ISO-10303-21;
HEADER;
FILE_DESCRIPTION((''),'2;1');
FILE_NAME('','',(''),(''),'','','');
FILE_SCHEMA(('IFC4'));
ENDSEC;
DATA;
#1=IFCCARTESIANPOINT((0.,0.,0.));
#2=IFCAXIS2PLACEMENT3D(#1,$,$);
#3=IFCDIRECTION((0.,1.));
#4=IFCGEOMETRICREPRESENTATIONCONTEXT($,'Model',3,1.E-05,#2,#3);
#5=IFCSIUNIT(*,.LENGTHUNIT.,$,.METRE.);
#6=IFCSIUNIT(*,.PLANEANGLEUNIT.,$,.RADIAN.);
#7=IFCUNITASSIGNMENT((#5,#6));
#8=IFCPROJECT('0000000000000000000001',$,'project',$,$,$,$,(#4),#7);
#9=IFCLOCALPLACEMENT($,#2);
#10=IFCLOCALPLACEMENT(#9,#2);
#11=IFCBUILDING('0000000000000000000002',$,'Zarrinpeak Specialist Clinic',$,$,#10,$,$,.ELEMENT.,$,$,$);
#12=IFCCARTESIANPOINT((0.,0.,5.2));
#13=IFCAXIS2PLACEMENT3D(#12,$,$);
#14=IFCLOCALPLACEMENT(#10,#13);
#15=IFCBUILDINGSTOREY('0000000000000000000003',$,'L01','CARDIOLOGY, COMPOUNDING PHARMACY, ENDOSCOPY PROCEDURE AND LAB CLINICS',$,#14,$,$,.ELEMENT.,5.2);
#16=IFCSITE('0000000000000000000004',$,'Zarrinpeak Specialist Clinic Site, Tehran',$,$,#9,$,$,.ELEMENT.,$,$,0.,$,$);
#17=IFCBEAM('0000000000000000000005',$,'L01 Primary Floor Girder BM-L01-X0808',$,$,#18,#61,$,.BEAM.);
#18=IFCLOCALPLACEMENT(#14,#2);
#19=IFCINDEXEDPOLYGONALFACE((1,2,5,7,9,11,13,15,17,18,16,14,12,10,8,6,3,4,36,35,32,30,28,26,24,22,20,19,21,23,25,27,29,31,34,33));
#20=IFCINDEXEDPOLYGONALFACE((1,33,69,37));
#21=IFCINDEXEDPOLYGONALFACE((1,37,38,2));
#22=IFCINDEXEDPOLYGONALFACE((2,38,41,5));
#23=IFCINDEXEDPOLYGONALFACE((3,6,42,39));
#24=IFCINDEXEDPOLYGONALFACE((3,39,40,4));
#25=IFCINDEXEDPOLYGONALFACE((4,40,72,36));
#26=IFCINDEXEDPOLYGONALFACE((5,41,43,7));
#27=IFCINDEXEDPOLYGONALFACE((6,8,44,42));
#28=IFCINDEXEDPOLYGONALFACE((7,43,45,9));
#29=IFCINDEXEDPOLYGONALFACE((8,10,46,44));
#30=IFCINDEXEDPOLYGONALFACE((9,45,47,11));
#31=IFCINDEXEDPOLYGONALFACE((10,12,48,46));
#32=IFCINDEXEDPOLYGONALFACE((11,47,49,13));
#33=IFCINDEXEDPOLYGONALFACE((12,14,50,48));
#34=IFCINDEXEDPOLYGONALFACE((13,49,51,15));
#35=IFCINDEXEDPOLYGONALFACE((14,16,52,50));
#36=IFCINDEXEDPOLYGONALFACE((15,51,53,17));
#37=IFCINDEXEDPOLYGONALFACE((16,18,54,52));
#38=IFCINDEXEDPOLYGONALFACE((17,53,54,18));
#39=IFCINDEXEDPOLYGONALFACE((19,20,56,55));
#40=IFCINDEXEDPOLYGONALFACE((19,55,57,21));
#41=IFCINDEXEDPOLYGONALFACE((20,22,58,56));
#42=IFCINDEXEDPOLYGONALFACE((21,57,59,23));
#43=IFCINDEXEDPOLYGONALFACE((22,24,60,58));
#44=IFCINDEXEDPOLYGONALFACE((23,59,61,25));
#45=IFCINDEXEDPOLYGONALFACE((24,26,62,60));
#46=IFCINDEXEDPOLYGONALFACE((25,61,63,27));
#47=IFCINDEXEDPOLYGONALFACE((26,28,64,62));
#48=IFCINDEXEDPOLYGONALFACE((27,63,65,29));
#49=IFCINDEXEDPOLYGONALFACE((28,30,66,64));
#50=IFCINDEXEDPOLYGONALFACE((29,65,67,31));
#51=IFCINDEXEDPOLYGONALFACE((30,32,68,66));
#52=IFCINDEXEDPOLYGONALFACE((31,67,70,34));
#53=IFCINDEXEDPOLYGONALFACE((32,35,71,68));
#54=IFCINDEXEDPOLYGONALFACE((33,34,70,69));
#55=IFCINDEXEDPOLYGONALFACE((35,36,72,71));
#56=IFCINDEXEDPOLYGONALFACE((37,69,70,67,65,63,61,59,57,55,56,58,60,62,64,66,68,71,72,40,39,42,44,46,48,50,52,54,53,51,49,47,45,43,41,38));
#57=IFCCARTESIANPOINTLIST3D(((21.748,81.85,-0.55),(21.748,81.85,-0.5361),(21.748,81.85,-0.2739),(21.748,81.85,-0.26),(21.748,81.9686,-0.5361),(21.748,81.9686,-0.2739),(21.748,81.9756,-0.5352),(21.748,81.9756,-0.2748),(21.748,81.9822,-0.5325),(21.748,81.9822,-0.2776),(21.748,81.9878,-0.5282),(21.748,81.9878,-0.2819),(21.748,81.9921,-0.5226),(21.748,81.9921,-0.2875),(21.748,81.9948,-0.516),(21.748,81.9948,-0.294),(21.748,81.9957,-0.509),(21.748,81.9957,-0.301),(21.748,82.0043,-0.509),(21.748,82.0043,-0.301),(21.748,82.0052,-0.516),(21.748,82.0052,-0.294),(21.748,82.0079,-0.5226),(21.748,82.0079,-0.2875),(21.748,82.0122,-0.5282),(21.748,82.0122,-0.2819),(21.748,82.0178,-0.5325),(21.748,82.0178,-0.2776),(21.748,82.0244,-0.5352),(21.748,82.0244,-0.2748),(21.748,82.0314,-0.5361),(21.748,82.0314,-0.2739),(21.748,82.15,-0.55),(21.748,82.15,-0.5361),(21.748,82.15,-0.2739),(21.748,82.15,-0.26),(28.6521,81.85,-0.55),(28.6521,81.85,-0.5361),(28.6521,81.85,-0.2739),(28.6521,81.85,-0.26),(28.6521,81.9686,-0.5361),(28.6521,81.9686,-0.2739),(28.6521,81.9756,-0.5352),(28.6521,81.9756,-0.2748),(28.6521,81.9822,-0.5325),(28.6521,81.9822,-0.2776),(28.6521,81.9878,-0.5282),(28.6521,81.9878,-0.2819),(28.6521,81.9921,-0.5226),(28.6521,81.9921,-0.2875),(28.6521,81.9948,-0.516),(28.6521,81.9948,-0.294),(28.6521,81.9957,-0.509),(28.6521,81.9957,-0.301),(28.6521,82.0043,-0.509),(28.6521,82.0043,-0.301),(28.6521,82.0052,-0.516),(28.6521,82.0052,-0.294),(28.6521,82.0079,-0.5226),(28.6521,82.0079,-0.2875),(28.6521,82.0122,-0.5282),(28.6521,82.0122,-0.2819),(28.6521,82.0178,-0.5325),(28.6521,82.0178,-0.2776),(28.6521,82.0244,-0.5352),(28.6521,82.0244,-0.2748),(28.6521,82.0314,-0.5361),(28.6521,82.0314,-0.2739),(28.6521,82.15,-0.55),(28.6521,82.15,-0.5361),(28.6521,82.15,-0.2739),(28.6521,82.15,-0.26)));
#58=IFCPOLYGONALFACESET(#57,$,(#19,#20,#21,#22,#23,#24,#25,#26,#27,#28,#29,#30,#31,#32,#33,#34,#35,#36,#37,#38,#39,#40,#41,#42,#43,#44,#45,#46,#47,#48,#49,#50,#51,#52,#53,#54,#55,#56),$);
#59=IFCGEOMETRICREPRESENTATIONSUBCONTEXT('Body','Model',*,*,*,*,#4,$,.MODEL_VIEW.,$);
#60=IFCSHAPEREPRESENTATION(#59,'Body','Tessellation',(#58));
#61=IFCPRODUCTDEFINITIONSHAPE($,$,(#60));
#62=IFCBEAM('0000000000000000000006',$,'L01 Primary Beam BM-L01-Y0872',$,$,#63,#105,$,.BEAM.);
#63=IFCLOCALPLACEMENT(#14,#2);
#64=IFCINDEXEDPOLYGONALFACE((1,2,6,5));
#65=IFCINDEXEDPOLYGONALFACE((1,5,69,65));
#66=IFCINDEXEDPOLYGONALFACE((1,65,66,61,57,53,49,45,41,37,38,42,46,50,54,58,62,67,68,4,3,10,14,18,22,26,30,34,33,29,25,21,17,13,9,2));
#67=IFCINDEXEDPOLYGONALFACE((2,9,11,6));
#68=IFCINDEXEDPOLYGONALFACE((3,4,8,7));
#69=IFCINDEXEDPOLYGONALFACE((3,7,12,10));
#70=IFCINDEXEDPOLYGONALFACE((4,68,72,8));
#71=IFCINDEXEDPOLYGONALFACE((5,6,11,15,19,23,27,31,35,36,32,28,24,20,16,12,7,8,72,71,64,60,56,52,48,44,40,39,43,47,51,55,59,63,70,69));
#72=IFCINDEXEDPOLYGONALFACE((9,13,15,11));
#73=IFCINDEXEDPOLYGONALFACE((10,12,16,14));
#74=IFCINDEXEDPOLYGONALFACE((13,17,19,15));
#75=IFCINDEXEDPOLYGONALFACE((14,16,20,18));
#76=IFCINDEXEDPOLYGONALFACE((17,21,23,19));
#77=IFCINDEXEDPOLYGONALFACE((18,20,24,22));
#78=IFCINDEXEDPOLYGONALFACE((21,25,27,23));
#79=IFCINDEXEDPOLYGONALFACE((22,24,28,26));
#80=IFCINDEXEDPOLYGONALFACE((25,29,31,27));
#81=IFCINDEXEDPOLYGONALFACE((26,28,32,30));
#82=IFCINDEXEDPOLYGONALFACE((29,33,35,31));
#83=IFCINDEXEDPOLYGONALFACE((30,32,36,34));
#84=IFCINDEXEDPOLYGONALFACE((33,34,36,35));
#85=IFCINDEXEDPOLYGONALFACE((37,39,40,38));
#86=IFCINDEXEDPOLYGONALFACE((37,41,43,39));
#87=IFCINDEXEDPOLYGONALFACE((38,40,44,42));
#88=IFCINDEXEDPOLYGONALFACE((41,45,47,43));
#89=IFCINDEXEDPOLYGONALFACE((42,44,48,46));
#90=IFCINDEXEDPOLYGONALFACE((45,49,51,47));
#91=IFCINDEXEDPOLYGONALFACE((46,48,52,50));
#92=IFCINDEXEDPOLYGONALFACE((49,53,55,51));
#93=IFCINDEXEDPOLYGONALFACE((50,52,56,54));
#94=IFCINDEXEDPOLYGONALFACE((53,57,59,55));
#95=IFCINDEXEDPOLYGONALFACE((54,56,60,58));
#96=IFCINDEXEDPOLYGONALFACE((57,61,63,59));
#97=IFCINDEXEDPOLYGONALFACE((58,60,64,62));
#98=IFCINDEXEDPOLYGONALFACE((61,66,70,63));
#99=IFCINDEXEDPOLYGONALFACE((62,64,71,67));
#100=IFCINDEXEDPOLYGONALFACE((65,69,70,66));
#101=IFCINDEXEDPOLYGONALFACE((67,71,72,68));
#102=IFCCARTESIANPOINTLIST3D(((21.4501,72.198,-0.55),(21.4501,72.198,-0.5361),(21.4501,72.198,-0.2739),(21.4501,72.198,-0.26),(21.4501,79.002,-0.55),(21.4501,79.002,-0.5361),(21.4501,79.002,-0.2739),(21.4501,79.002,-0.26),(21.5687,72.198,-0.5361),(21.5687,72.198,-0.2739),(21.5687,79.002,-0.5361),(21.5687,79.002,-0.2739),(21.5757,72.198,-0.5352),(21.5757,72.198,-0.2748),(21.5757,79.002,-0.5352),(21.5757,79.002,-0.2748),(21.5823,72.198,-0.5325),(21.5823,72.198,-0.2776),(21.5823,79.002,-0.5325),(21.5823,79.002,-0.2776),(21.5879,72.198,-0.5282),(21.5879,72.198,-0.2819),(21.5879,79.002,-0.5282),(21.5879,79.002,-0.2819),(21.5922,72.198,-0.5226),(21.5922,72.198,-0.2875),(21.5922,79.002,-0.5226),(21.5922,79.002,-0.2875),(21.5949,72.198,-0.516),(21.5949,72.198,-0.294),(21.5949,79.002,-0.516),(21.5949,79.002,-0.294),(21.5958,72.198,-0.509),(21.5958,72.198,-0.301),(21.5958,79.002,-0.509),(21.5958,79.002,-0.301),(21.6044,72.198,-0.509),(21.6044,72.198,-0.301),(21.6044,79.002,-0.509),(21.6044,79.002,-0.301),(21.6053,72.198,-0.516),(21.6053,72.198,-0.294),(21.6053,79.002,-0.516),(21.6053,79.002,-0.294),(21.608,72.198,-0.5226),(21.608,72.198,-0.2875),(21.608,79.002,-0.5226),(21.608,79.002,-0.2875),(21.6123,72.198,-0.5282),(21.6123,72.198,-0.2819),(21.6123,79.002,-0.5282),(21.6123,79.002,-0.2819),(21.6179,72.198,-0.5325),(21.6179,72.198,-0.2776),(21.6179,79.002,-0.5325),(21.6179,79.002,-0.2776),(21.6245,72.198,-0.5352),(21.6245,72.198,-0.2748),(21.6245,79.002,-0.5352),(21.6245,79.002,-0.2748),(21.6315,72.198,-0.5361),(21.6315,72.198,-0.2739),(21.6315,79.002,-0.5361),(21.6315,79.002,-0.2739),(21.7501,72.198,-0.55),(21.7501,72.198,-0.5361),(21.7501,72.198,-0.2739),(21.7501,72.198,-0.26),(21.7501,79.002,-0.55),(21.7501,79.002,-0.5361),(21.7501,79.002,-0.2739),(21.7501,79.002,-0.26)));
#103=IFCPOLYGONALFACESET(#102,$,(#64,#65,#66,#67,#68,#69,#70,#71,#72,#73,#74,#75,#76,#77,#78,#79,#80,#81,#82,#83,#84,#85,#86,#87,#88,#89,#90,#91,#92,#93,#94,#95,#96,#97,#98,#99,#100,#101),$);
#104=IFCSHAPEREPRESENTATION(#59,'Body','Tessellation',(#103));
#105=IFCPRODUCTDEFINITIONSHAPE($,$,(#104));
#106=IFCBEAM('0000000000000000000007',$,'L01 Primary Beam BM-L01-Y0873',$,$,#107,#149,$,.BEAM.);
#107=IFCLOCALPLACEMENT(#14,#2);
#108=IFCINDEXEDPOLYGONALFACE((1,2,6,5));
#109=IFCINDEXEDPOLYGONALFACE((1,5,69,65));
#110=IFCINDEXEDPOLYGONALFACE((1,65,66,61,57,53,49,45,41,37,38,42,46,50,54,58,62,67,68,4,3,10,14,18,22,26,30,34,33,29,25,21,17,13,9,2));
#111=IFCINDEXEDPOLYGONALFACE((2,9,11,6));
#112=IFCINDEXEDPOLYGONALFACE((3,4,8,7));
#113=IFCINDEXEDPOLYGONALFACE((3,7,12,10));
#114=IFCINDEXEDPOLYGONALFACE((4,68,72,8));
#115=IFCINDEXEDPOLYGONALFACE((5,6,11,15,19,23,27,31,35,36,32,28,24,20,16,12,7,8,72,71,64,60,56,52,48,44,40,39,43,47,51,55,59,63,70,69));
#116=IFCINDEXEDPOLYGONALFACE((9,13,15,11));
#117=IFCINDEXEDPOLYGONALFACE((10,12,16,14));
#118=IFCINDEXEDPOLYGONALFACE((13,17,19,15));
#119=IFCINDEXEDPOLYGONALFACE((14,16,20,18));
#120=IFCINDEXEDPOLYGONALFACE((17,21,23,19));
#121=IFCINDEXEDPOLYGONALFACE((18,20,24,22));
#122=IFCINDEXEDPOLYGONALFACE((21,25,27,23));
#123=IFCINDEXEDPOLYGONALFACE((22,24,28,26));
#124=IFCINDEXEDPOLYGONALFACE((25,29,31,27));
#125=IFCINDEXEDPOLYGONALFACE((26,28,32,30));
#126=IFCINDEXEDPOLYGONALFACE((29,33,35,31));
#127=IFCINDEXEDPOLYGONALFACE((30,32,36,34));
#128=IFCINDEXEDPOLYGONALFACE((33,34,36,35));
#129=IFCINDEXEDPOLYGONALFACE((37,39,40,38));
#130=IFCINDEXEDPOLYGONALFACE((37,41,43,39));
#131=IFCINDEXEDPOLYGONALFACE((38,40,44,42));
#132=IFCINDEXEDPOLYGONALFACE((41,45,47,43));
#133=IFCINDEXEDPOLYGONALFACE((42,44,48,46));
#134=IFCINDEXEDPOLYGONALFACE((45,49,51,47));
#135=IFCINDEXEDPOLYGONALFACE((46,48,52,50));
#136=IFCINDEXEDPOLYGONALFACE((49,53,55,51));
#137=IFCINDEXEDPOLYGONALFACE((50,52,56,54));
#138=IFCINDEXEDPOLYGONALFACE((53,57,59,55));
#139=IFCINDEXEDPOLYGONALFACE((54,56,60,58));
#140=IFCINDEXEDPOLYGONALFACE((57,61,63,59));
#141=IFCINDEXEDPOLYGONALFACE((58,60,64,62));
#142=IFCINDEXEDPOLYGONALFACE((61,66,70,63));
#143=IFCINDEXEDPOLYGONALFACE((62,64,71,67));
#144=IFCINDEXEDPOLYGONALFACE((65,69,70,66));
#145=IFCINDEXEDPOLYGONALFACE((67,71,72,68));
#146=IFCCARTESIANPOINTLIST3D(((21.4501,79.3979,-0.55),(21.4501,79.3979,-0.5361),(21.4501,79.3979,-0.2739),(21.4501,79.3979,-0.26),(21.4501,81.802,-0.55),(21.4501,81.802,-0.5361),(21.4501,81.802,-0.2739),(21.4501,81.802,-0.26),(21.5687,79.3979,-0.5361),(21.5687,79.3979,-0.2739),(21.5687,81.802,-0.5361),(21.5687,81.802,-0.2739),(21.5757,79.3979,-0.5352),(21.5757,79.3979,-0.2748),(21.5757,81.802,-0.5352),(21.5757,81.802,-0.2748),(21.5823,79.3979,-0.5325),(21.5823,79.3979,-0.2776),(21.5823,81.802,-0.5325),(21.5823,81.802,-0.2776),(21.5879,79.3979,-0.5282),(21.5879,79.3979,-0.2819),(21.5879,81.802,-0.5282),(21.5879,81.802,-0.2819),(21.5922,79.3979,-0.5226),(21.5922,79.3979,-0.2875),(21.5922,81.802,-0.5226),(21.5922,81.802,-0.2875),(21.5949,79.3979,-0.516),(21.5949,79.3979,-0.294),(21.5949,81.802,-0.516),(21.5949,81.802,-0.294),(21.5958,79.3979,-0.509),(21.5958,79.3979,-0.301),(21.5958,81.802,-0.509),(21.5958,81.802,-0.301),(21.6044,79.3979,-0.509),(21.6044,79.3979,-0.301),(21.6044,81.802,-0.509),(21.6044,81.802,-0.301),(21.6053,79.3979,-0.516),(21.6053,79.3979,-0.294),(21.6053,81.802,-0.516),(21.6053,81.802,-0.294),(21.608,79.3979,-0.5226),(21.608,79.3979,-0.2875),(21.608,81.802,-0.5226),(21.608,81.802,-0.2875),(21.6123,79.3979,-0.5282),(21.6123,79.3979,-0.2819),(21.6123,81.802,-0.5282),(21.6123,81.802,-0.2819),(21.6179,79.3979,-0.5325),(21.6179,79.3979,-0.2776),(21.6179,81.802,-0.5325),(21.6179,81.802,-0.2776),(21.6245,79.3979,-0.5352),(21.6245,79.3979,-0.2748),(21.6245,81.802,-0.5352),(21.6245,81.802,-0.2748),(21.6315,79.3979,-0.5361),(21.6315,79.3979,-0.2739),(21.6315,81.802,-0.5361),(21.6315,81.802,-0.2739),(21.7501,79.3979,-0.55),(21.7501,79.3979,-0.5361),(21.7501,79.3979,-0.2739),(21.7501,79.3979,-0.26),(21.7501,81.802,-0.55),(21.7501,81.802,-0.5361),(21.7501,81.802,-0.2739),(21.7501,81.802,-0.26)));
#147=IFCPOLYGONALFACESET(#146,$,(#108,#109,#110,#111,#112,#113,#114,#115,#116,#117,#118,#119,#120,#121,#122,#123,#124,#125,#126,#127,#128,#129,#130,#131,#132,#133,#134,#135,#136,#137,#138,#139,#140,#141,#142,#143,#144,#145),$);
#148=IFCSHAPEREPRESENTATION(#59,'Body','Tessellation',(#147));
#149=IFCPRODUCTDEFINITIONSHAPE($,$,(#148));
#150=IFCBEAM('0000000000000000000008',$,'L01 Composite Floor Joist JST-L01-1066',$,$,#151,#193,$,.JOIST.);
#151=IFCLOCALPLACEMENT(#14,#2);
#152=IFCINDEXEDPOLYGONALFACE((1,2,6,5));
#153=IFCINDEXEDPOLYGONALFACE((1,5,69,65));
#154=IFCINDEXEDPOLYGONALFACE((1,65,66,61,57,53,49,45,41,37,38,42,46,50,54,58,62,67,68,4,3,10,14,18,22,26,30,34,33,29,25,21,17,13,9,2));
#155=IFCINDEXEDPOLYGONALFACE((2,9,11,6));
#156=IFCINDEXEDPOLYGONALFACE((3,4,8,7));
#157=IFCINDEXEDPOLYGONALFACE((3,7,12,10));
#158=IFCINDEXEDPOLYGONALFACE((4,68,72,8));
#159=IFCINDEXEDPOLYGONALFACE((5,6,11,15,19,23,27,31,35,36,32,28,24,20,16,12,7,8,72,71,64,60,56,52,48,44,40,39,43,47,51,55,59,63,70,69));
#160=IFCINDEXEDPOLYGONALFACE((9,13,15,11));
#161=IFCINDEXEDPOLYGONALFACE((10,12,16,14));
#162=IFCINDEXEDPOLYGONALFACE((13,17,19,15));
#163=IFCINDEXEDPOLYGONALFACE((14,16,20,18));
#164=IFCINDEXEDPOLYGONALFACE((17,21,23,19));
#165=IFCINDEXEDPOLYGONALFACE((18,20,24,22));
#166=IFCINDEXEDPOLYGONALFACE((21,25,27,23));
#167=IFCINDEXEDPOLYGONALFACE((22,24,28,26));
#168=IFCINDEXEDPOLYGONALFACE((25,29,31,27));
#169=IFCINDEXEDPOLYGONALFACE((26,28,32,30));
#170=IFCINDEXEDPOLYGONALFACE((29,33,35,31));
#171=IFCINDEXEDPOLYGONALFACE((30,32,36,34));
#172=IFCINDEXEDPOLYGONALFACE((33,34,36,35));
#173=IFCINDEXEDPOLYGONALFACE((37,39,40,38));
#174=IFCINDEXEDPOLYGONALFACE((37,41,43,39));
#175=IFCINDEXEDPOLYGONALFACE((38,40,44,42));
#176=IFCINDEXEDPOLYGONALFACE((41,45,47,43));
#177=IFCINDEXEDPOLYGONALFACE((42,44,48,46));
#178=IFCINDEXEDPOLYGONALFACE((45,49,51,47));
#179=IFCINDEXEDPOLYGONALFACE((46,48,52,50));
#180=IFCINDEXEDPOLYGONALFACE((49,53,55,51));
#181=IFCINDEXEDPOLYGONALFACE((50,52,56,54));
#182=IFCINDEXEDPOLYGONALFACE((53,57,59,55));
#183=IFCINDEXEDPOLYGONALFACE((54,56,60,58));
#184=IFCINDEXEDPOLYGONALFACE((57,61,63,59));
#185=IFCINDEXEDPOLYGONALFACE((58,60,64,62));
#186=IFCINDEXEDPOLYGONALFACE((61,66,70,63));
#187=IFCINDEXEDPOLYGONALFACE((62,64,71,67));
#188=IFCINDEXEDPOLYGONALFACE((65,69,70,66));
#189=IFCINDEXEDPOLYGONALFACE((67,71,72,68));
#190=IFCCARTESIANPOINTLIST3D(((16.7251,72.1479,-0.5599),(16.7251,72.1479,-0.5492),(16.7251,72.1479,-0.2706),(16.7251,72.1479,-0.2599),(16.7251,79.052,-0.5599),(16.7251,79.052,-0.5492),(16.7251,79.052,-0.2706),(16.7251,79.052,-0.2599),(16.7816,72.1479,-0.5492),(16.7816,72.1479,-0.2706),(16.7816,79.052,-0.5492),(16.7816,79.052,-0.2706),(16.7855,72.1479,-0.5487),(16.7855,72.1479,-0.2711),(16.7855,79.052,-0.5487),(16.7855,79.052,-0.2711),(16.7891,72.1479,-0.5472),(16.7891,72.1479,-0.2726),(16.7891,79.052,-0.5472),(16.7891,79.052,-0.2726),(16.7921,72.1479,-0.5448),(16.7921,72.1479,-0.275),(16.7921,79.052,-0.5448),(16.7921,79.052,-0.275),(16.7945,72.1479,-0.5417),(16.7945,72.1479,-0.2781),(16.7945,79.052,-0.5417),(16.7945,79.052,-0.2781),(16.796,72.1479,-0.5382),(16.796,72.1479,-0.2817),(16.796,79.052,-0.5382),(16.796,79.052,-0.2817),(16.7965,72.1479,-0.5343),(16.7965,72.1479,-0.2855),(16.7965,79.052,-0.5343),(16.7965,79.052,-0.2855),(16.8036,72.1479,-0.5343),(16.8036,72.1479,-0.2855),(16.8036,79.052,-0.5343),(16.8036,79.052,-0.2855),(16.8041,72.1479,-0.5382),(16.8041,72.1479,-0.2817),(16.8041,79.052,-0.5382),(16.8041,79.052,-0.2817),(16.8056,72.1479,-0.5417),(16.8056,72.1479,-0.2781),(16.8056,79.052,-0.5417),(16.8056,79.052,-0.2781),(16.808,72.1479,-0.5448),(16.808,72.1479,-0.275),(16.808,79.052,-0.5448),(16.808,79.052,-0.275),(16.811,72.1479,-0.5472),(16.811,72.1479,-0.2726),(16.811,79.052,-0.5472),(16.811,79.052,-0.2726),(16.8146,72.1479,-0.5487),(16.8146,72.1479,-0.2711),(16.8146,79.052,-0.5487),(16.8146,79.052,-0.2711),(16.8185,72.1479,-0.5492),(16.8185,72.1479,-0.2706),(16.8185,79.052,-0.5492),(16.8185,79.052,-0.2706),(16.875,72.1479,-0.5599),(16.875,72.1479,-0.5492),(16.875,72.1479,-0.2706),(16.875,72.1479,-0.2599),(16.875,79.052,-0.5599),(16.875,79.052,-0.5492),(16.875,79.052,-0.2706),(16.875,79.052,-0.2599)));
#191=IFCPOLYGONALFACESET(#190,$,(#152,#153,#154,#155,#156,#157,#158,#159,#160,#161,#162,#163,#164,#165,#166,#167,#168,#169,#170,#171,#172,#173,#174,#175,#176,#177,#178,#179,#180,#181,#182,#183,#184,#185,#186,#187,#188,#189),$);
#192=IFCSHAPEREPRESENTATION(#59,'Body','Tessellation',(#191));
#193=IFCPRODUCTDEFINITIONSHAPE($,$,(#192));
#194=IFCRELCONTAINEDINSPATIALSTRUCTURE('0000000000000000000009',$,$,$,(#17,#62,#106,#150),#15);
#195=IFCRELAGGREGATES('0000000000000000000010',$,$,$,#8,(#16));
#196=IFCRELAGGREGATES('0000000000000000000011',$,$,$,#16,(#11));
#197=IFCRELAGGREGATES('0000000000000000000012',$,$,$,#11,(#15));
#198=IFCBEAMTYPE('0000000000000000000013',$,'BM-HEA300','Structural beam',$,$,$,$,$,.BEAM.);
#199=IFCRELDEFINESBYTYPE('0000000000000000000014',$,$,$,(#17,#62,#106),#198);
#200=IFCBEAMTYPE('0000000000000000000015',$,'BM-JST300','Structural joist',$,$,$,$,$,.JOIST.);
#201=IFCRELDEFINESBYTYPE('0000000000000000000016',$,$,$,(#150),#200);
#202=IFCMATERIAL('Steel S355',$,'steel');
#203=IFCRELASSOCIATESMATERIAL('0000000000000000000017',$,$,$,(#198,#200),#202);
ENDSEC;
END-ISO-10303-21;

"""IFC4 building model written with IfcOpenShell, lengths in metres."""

from ifc_helpers import new_model, si_unit, direction, frame, origin, origin_2d, place, context, subcontext, project, spatial, i_section, extrude, material, material_profile, profile_set, type_object, element, save


model = new_model("IFC4")

# Units and contexts
model_context = context("Model", 3, precision=1e-05, world=origin(), true_north=direction((0.0, 1.0)))
body_context = subcontext(model_context, "Body", "Model", "MODEL_VIEW")
ifc_project = project(units=[si_unit("LENGTHUNIT", "METRE"), si_unit("PLANEANGLEUNIT", "RADIAN")], contexts=[model_context])

# Site, building, storey
site_placement = place(None, origin())
site = spatial("IfcSite", under=ifc_project, at=site_placement, Name="Zarrinpeak Specialist Clinic Site, Tehran", CompositionType="ELEMENT", RefElevation=0.0)
building_placement = place(site_placement, origin())
building = spatial("IfcBuilding", under=site, at=building_placement, Name="Zarrinpeak Specialist Clinic", CompositionType="ELEMENT")
storey_placement = place(building_placement, frame((0.0, 0.0, 5.2)))
storey = spatial("IfcBuildingStorey", under=building, at=storey_placement, Name="L01", Description="CARDIOLOGY, COMPOUNDING PHARMACY, ENDOSCOPY PROCEDURE AND LAB CLINICS", CompositionType="ELEMENT", Elevation=5.2)

# Shared definitions
ifc_material_1 = material(Name="Steel S355", Category="steel")

# Beams
ifc_material_profile_1 = material_profile(ifc_material_1, i_section(OverallWidth=0.3, OverallDepth=0.29, WebThickness=0.0085, FlangeThickness=0.0139, FilletRadius=0.0271, at=origin_2d()), Name="HEA 300")
ifc_profile_set_1 = profile_set([ifc_material_profile_1], Name="Steel S355")
beam_type_1 = type_object("IfcBeamType", Name="BM-HEA300", Description="Structural beam", PredefinedType="BEAM", material=ifc_profile_set_1)
for number, where, z_axis, x_axis, name in (
    (1, (21.748, 82.0, -0.405), (1.0, 0.0, 0.0), (0.0, 1.0, 0.0), "L01 Primary Floor Girder BM-L01-X0808"),
):
    element("IfcBeam", number, at=place(storey_placement, frame(where, z_axis=z_axis, x_axis=x_axis)), inside=storey, type_object=beam_type_1, Name=name, PredefinedType="BEAM", context=body_context, shape_type="SweptSolid", body=[
        extrude(i_section(OverallWidth=0.3, OverallDepth=0.29, WebThickness=0.0085, FlangeThickness=0.0139, FilletRadius=0.0271, at=origin_2d()), origin(), (0.0, 0.0, 1.0), 6.9041),
    ])
beam_1_placement = place(storey_placement, frame((21.6001, 72.198, -0.405), z_axis=(0.0, 1.0, 0.0), x_axis=(-1.0, 0.0, 0.0)))
element("IfcBeam", 2, at=beam_1_placement, inside=storey, type_object=beam_type_1, Name="L01 Primary Beam BM-L01-Y0872", PredefinedType="BEAM", context=body_context, shape_type="SweptSolid", body=[
    extrude(i_section(OverallWidth=0.3, OverallDepth=0.29, WebThickness=0.0085, FlangeThickness=0.0139, FilletRadius=0.0271, at=origin_2d()), origin(), (0.0, 0.0, 1.0), 6.804),
])
beam_2_placement = place(storey_placement, frame((21.6001, 79.3979, -0.405), z_axis=(0.0, 1.0, 0.0), x_axis=(-1.0, 0.0, 0.0)))
element("IfcBeam", 3, at=beam_2_placement, inside=storey, type_object=beam_type_1, Name="L01 Primary Beam BM-L01-Y0873", PredefinedType="BEAM", context=body_context, shape_type="SweptSolid", body=[
    extrude(i_section(OverallWidth=0.3, OverallDepth=0.29, WebThickness=0.0085, FlangeThickness=0.0139, FilletRadius=0.0271, at=origin_2d()), origin(), (0.0, 0.0, 1.0), 2.4041),
])
ifc_material_profile_2 = material_profile(ifc_material_1, i_section(OverallWidth=0.1499, OverallDepth=0.3, WebThickness=0.0071, FlangeThickness=0.0107, FilletRadius=0.0149, at=origin_2d()), Name="IPE 300")
ifc_profile_set_2 = profile_set([ifc_material_profile_2], Name="Steel S355")
beam_type_2 = type_object("IfcBeamType", Name="BM-JST300", Description="Structural joist", PredefinedType="JOIST", material=ifc_profile_set_2)
for number, where, z_axis, x_axis, name in (
    (4, (16.8, 72.1479, -0.4099), (0.0, 1.0, 0.0), (-1.0, 0.0, 0.0), "L01 Composite Floor Joist JST-L01-1066"),
):
    element("IfcBeam", number, at=place(storey_placement, frame(where, z_axis=z_axis, x_axis=x_axis)), inside=storey, type_object=beam_type_2, Name=name, PredefinedType="JOIST", context=body_context, shape_type="SweptSolid", body=[
        extrude(i_section(OverallWidth=0.1499, OverallDepth=0.3, WebThickness=0.0071, FlangeThickness=0.0107, FilletRadius=0.0149, at=origin_2d()), origin(), (0.0, 0.0, 1.0), 6.9041),
    ])

save(model, "model.ifc")
